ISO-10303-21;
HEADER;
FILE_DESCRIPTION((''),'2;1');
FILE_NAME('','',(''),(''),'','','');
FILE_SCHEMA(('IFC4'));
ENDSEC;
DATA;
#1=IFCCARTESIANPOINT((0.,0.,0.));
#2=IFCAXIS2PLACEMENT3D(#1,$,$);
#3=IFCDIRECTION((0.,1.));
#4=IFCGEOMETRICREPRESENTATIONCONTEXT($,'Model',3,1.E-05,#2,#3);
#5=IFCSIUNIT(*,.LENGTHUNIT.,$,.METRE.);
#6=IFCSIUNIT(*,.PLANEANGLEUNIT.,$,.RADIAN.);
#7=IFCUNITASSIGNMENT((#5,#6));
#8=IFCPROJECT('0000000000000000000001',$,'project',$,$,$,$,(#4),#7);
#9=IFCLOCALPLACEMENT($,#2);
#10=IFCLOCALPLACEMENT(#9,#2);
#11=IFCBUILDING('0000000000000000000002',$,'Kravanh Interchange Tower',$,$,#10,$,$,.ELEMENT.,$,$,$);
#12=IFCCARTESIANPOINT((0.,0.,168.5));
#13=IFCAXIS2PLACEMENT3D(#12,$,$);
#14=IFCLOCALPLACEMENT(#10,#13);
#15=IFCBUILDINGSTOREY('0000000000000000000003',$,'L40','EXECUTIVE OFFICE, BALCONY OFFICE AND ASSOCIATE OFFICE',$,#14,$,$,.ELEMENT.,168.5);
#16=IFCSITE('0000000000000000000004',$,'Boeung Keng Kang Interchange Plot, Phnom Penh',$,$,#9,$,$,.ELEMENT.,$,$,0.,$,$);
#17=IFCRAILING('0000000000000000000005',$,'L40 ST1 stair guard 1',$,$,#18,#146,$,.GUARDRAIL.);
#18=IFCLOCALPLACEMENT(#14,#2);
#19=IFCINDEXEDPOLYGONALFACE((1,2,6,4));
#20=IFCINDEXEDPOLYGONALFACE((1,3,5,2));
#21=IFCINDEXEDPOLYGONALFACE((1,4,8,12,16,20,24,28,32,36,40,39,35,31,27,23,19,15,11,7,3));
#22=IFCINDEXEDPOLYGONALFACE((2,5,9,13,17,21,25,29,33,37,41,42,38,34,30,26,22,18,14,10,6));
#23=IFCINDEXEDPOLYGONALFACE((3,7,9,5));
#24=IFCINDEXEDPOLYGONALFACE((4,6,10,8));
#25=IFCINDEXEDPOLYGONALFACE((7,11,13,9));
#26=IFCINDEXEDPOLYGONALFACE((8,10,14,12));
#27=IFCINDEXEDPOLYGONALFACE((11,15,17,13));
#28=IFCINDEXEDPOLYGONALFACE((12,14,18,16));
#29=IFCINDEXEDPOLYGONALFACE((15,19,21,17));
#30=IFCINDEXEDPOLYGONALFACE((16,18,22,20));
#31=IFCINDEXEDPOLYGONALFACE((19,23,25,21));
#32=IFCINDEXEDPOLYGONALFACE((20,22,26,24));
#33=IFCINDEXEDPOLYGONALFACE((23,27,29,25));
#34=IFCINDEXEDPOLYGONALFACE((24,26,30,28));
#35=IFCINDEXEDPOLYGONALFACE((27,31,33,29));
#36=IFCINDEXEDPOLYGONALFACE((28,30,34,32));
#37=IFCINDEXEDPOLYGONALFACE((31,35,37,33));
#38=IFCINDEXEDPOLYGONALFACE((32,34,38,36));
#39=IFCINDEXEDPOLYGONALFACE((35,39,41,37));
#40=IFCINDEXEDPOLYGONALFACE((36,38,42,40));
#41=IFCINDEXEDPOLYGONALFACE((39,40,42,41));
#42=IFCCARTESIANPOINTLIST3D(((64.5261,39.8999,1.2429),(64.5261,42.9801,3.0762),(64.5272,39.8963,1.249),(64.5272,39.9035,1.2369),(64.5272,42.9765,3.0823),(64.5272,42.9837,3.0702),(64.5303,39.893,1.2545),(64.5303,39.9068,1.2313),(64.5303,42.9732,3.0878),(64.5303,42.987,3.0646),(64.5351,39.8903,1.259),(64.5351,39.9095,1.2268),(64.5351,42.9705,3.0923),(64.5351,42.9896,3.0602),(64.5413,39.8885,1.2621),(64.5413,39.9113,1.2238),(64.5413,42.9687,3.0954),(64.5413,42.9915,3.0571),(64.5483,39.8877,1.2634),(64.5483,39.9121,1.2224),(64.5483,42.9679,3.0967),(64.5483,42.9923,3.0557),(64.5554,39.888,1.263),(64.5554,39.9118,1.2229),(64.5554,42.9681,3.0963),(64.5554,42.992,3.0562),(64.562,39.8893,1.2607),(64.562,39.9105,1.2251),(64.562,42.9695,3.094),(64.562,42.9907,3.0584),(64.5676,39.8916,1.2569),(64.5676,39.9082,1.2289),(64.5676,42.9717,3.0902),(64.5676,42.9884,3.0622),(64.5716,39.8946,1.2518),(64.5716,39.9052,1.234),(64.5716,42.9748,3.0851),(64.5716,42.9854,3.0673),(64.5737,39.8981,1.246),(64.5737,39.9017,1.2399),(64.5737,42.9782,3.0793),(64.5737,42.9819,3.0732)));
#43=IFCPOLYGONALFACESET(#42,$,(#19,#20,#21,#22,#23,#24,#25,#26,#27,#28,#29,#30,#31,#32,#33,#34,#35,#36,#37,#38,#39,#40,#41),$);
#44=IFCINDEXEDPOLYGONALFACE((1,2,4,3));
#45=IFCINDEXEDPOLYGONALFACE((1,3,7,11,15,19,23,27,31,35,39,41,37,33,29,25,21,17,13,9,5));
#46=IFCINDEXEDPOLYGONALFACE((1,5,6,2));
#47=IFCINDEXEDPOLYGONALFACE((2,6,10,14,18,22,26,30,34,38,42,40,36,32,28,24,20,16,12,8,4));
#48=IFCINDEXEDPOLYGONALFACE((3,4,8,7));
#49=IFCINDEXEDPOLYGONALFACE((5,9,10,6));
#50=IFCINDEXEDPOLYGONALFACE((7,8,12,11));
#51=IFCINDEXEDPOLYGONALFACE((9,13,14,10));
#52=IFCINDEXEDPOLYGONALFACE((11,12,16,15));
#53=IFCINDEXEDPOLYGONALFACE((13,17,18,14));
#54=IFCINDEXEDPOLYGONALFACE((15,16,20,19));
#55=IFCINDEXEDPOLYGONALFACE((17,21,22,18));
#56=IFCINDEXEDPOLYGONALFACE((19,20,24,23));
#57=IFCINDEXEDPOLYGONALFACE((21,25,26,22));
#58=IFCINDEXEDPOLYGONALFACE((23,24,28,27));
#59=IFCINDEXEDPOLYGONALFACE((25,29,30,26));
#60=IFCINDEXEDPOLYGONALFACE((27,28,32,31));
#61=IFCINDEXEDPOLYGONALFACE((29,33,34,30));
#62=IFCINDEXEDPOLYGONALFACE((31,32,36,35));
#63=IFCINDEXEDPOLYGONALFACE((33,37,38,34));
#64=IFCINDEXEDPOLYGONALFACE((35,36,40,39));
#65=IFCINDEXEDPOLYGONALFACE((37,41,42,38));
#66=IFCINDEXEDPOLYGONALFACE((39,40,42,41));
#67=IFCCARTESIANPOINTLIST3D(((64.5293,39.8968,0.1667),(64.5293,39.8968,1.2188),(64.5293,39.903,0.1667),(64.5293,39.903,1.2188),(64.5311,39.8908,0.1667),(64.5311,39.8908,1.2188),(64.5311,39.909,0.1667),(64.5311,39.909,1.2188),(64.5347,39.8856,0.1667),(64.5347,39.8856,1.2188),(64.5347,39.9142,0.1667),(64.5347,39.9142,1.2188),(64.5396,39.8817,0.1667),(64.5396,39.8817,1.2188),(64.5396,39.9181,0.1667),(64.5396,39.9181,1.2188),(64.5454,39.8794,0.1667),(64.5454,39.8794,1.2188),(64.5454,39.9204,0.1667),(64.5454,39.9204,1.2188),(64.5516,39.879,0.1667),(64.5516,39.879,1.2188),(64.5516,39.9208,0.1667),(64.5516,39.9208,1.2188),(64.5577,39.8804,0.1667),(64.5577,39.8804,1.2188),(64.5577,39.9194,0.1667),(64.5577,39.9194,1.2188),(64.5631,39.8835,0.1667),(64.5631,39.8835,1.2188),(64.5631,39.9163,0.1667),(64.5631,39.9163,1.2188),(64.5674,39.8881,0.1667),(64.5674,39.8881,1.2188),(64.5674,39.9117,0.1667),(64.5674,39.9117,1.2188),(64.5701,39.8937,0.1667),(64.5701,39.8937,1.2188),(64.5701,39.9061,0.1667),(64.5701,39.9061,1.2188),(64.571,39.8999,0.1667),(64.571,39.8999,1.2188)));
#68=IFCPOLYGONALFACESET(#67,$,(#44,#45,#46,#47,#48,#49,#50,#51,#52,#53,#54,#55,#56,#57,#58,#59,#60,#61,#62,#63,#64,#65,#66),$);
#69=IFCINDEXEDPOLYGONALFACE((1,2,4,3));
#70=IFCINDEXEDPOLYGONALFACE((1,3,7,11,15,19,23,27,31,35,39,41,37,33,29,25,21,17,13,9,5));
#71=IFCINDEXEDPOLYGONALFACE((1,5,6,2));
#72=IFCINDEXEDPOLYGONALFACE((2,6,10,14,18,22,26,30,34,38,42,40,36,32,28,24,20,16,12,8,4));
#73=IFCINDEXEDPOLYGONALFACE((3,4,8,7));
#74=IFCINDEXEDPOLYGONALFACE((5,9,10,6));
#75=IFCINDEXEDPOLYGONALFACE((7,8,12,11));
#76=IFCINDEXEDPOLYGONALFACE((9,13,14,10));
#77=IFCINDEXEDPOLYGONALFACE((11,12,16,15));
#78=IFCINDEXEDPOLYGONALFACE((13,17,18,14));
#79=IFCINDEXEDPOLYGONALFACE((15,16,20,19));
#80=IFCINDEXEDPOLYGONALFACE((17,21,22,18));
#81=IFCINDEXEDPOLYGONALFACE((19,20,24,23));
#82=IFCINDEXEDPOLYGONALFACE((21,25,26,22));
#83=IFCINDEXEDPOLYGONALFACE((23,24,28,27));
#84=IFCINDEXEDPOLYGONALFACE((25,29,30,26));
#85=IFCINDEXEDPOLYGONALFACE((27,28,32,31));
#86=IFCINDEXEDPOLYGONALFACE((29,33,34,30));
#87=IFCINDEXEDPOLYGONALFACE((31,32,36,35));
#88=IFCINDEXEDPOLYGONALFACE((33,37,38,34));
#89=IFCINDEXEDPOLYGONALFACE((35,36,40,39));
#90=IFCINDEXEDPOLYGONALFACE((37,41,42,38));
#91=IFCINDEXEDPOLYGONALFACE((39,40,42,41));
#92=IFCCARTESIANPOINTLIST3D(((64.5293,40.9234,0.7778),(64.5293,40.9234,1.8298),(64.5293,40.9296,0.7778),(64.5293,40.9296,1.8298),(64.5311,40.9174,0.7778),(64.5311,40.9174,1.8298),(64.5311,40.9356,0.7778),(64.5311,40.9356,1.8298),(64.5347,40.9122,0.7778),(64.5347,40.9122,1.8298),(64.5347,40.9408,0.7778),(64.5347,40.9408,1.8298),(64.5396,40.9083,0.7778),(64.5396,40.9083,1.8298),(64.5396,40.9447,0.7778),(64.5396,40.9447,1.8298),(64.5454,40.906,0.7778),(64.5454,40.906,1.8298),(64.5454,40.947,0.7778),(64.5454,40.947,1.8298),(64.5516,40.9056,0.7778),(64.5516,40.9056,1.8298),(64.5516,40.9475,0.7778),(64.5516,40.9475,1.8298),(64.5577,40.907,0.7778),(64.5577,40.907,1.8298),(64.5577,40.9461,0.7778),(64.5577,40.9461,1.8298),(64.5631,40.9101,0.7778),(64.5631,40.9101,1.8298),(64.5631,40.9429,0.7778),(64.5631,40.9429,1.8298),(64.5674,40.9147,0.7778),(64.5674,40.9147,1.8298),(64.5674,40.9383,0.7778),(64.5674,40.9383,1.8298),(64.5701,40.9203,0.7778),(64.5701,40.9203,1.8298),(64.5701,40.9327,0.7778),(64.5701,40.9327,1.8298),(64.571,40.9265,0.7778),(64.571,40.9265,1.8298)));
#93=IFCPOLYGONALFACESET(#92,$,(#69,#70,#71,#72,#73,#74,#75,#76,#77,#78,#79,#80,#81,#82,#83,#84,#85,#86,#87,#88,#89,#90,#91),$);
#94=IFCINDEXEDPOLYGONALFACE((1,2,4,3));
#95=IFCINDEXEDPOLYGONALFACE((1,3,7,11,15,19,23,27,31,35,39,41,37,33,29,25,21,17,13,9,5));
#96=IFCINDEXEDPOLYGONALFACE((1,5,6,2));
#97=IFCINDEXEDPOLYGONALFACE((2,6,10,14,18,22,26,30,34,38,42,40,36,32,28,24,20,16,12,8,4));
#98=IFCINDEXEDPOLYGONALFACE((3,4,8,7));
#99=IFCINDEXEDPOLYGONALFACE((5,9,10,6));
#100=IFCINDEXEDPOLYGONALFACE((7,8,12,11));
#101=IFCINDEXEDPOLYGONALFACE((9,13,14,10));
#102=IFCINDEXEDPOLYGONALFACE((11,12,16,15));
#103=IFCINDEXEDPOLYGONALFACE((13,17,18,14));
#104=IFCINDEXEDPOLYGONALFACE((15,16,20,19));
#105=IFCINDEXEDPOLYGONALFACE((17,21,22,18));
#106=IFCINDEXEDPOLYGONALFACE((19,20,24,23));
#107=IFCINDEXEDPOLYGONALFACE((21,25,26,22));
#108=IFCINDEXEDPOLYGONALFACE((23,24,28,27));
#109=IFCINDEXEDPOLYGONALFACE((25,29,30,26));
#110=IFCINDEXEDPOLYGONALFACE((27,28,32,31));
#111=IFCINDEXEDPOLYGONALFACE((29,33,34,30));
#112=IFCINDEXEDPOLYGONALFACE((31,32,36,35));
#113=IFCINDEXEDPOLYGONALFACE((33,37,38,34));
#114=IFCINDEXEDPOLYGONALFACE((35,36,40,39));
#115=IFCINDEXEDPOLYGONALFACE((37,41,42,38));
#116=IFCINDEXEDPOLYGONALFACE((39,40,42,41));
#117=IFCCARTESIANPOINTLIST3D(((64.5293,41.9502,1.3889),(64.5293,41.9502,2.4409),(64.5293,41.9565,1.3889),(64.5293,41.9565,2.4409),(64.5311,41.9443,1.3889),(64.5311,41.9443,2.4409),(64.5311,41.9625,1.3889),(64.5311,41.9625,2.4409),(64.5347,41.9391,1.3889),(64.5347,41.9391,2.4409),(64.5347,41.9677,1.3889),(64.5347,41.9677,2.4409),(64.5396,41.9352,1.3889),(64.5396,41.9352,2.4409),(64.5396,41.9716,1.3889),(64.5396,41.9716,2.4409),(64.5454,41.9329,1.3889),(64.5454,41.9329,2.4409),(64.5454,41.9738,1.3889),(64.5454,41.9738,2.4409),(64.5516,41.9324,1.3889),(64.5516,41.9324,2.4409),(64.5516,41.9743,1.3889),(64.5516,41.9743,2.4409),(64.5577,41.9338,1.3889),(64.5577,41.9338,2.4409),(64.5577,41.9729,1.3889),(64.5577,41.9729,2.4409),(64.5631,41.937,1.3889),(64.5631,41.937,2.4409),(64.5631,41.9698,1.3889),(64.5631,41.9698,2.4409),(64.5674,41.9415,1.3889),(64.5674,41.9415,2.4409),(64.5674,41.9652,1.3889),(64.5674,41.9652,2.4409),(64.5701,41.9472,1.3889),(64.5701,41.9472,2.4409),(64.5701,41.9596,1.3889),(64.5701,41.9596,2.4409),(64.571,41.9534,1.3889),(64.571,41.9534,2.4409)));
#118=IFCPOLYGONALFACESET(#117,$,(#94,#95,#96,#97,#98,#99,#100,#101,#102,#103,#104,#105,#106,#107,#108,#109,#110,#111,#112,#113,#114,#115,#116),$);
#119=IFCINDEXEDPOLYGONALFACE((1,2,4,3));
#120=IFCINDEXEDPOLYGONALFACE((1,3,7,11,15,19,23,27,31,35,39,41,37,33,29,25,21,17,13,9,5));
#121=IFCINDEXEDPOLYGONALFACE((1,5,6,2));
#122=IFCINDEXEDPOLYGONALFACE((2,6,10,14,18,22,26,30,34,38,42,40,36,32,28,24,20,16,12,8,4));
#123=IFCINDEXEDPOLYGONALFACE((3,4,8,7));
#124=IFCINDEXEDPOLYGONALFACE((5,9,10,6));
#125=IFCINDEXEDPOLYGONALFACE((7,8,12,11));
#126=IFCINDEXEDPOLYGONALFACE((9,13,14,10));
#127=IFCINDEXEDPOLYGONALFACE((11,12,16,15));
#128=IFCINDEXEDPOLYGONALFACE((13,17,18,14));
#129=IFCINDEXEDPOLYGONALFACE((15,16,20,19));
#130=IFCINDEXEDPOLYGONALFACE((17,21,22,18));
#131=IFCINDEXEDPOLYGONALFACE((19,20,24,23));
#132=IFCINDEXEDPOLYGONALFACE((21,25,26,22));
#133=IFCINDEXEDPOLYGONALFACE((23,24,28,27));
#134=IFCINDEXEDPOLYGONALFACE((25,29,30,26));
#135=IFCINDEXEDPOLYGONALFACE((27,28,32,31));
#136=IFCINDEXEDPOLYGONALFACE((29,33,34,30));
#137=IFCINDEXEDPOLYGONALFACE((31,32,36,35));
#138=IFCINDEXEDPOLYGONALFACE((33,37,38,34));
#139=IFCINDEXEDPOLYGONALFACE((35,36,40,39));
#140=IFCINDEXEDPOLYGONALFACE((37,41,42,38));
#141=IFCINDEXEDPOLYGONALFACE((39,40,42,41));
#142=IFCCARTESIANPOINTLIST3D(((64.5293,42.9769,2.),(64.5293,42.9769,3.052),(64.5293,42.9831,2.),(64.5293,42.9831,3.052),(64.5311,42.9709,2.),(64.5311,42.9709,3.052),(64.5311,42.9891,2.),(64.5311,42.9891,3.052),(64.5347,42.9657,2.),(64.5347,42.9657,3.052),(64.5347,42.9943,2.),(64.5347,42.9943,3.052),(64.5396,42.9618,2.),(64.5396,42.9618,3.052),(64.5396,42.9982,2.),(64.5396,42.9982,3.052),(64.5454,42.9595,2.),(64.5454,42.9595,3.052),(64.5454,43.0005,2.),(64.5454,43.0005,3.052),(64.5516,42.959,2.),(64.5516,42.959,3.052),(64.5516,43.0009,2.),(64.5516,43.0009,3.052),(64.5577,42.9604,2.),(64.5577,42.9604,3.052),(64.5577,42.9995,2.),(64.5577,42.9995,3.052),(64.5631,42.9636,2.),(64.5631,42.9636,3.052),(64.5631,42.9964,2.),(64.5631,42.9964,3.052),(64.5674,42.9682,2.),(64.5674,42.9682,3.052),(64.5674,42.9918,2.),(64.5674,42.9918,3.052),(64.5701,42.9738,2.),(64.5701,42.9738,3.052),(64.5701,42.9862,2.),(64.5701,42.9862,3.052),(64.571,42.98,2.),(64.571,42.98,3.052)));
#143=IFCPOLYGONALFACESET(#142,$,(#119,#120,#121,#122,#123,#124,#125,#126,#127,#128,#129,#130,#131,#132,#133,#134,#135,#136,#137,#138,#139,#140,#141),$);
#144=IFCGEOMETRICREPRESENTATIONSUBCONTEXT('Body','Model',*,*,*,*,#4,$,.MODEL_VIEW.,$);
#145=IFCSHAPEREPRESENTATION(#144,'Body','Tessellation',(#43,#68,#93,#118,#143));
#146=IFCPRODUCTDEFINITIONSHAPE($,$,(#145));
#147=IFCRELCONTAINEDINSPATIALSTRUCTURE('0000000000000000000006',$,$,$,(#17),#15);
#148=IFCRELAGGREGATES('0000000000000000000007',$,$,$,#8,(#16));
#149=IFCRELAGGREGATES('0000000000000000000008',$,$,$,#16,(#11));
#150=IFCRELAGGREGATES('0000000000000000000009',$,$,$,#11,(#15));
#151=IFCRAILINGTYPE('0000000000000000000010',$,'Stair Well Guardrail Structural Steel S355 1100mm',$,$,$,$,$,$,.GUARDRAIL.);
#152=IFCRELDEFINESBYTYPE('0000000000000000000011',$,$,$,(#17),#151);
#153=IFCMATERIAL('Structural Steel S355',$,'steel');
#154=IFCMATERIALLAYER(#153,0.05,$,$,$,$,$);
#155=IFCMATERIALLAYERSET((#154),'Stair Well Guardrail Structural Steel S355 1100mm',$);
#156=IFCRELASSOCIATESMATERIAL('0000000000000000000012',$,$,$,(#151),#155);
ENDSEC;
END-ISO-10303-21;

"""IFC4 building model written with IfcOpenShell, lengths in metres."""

from ifc_helpers import new_model, si_unit, direction, frame, origin, origin_2d, place, context, subcontext, project, spatial, circle, extrude, material, layer, layer_set, type_object, element, save


model = new_model("IFC4")

# Units and contexts
model_context = context("Model", 3, precision=1e-05, world=origin(), true_north=direction((0.0, 1.0)))
body_context = subcontext(model_context, "Body", "Model", "MODEL_VIEW")
ifc_project = project(units=[si_unit("LENGTHUNIT", "METRE"), si_unit("PLANEANGLEUNIT", "RADIAN")], contexts=[model_context])

# Site, building, storey
site_placement = place(None, origin())
site = spatial("IfcSite", under=ifc_project, at=site_placement, Name="Boeung Keng Kang Interchange Plot, Phnom Penh", CompositionType="ELEMENT", RefElevation=0.0)
building_placement = place(site_placement, origin())
building = spatial("IfcBuilding", under=site, at=building_placement, Name="Kravanh Interchange Tower", CompositionType="ELEMENT")
storey_placement = place(building_placement, frame((0.0, 0.0, 168.5)))
storey = spatial("IfcBuildingStorey", under=building, at=storey_placement, Name="L40", Description="EXECUTIVE OFFICE, BALCONY OFFICE AND ASSOCIATE OFFICE", CompositionType="ELEMENT", Elevation=168.5)

# Railing
ifc_material_1 = material(Name="Structural Steel S355", Category="steel")
ifc_layer_1 = layer(ifc_material_1, 0.05)
ifc_layer_set_1 = layer_set([ifc_layer_1], Name="Stair Well Guardrail Structural Steel S355 1100mm")
railing_type_1 = type_object("IfcRailingType", Name="Stair Well Guardrail Structural Steel S355 1100mm", PredefinedType="GUARDRAIL", material=ifc_layer_set_1)
railing_1_placement = place(storey_placement, frame((64.55, 39.8999, 0.1667)))
element("IfcRailing", 1, at=railing_1_placement, inside=storey, type_object=railing_type_1, Name="L40 ST1 stair guard 1", PredefinedType="GUARDRAIL", context=body_context, shape_type="SweptSolid", body=[
    extrude(circle(Radius=0.0239, at=origin_2d()), frame((0.0, 0.0, 1.0762), z_axis=(0.0, 0.859309, 0.511458), x_axis=(-1.0, 0.0, 0.0)), (0.0, 0.0, 1.0), 3.5845),
    extrude(circle(Radius=0.021, at=origin_2d()), origin(), (0.0, 0.0, 1.0), 1.052),
    extrude(circle(Radius=0.021, at=origin_2d()), frame((0.0, 1.0266, 0.6111)), (0.0, 0.0, 1.0), 1.052),
    extrude(circle(Radius=0.021, at=origin_2d()), frame((0.0, 2.0535, 1.2222)), (0.0, 0.0, 1.0), 1.052),
    extrude(circle(Radius=0.021, at=origin_2d()), frame((0.0, 3.0801, 1.8333)), (0.0, 0.0, 1.0), 1.052),
])

save(model, "model.ifc")
